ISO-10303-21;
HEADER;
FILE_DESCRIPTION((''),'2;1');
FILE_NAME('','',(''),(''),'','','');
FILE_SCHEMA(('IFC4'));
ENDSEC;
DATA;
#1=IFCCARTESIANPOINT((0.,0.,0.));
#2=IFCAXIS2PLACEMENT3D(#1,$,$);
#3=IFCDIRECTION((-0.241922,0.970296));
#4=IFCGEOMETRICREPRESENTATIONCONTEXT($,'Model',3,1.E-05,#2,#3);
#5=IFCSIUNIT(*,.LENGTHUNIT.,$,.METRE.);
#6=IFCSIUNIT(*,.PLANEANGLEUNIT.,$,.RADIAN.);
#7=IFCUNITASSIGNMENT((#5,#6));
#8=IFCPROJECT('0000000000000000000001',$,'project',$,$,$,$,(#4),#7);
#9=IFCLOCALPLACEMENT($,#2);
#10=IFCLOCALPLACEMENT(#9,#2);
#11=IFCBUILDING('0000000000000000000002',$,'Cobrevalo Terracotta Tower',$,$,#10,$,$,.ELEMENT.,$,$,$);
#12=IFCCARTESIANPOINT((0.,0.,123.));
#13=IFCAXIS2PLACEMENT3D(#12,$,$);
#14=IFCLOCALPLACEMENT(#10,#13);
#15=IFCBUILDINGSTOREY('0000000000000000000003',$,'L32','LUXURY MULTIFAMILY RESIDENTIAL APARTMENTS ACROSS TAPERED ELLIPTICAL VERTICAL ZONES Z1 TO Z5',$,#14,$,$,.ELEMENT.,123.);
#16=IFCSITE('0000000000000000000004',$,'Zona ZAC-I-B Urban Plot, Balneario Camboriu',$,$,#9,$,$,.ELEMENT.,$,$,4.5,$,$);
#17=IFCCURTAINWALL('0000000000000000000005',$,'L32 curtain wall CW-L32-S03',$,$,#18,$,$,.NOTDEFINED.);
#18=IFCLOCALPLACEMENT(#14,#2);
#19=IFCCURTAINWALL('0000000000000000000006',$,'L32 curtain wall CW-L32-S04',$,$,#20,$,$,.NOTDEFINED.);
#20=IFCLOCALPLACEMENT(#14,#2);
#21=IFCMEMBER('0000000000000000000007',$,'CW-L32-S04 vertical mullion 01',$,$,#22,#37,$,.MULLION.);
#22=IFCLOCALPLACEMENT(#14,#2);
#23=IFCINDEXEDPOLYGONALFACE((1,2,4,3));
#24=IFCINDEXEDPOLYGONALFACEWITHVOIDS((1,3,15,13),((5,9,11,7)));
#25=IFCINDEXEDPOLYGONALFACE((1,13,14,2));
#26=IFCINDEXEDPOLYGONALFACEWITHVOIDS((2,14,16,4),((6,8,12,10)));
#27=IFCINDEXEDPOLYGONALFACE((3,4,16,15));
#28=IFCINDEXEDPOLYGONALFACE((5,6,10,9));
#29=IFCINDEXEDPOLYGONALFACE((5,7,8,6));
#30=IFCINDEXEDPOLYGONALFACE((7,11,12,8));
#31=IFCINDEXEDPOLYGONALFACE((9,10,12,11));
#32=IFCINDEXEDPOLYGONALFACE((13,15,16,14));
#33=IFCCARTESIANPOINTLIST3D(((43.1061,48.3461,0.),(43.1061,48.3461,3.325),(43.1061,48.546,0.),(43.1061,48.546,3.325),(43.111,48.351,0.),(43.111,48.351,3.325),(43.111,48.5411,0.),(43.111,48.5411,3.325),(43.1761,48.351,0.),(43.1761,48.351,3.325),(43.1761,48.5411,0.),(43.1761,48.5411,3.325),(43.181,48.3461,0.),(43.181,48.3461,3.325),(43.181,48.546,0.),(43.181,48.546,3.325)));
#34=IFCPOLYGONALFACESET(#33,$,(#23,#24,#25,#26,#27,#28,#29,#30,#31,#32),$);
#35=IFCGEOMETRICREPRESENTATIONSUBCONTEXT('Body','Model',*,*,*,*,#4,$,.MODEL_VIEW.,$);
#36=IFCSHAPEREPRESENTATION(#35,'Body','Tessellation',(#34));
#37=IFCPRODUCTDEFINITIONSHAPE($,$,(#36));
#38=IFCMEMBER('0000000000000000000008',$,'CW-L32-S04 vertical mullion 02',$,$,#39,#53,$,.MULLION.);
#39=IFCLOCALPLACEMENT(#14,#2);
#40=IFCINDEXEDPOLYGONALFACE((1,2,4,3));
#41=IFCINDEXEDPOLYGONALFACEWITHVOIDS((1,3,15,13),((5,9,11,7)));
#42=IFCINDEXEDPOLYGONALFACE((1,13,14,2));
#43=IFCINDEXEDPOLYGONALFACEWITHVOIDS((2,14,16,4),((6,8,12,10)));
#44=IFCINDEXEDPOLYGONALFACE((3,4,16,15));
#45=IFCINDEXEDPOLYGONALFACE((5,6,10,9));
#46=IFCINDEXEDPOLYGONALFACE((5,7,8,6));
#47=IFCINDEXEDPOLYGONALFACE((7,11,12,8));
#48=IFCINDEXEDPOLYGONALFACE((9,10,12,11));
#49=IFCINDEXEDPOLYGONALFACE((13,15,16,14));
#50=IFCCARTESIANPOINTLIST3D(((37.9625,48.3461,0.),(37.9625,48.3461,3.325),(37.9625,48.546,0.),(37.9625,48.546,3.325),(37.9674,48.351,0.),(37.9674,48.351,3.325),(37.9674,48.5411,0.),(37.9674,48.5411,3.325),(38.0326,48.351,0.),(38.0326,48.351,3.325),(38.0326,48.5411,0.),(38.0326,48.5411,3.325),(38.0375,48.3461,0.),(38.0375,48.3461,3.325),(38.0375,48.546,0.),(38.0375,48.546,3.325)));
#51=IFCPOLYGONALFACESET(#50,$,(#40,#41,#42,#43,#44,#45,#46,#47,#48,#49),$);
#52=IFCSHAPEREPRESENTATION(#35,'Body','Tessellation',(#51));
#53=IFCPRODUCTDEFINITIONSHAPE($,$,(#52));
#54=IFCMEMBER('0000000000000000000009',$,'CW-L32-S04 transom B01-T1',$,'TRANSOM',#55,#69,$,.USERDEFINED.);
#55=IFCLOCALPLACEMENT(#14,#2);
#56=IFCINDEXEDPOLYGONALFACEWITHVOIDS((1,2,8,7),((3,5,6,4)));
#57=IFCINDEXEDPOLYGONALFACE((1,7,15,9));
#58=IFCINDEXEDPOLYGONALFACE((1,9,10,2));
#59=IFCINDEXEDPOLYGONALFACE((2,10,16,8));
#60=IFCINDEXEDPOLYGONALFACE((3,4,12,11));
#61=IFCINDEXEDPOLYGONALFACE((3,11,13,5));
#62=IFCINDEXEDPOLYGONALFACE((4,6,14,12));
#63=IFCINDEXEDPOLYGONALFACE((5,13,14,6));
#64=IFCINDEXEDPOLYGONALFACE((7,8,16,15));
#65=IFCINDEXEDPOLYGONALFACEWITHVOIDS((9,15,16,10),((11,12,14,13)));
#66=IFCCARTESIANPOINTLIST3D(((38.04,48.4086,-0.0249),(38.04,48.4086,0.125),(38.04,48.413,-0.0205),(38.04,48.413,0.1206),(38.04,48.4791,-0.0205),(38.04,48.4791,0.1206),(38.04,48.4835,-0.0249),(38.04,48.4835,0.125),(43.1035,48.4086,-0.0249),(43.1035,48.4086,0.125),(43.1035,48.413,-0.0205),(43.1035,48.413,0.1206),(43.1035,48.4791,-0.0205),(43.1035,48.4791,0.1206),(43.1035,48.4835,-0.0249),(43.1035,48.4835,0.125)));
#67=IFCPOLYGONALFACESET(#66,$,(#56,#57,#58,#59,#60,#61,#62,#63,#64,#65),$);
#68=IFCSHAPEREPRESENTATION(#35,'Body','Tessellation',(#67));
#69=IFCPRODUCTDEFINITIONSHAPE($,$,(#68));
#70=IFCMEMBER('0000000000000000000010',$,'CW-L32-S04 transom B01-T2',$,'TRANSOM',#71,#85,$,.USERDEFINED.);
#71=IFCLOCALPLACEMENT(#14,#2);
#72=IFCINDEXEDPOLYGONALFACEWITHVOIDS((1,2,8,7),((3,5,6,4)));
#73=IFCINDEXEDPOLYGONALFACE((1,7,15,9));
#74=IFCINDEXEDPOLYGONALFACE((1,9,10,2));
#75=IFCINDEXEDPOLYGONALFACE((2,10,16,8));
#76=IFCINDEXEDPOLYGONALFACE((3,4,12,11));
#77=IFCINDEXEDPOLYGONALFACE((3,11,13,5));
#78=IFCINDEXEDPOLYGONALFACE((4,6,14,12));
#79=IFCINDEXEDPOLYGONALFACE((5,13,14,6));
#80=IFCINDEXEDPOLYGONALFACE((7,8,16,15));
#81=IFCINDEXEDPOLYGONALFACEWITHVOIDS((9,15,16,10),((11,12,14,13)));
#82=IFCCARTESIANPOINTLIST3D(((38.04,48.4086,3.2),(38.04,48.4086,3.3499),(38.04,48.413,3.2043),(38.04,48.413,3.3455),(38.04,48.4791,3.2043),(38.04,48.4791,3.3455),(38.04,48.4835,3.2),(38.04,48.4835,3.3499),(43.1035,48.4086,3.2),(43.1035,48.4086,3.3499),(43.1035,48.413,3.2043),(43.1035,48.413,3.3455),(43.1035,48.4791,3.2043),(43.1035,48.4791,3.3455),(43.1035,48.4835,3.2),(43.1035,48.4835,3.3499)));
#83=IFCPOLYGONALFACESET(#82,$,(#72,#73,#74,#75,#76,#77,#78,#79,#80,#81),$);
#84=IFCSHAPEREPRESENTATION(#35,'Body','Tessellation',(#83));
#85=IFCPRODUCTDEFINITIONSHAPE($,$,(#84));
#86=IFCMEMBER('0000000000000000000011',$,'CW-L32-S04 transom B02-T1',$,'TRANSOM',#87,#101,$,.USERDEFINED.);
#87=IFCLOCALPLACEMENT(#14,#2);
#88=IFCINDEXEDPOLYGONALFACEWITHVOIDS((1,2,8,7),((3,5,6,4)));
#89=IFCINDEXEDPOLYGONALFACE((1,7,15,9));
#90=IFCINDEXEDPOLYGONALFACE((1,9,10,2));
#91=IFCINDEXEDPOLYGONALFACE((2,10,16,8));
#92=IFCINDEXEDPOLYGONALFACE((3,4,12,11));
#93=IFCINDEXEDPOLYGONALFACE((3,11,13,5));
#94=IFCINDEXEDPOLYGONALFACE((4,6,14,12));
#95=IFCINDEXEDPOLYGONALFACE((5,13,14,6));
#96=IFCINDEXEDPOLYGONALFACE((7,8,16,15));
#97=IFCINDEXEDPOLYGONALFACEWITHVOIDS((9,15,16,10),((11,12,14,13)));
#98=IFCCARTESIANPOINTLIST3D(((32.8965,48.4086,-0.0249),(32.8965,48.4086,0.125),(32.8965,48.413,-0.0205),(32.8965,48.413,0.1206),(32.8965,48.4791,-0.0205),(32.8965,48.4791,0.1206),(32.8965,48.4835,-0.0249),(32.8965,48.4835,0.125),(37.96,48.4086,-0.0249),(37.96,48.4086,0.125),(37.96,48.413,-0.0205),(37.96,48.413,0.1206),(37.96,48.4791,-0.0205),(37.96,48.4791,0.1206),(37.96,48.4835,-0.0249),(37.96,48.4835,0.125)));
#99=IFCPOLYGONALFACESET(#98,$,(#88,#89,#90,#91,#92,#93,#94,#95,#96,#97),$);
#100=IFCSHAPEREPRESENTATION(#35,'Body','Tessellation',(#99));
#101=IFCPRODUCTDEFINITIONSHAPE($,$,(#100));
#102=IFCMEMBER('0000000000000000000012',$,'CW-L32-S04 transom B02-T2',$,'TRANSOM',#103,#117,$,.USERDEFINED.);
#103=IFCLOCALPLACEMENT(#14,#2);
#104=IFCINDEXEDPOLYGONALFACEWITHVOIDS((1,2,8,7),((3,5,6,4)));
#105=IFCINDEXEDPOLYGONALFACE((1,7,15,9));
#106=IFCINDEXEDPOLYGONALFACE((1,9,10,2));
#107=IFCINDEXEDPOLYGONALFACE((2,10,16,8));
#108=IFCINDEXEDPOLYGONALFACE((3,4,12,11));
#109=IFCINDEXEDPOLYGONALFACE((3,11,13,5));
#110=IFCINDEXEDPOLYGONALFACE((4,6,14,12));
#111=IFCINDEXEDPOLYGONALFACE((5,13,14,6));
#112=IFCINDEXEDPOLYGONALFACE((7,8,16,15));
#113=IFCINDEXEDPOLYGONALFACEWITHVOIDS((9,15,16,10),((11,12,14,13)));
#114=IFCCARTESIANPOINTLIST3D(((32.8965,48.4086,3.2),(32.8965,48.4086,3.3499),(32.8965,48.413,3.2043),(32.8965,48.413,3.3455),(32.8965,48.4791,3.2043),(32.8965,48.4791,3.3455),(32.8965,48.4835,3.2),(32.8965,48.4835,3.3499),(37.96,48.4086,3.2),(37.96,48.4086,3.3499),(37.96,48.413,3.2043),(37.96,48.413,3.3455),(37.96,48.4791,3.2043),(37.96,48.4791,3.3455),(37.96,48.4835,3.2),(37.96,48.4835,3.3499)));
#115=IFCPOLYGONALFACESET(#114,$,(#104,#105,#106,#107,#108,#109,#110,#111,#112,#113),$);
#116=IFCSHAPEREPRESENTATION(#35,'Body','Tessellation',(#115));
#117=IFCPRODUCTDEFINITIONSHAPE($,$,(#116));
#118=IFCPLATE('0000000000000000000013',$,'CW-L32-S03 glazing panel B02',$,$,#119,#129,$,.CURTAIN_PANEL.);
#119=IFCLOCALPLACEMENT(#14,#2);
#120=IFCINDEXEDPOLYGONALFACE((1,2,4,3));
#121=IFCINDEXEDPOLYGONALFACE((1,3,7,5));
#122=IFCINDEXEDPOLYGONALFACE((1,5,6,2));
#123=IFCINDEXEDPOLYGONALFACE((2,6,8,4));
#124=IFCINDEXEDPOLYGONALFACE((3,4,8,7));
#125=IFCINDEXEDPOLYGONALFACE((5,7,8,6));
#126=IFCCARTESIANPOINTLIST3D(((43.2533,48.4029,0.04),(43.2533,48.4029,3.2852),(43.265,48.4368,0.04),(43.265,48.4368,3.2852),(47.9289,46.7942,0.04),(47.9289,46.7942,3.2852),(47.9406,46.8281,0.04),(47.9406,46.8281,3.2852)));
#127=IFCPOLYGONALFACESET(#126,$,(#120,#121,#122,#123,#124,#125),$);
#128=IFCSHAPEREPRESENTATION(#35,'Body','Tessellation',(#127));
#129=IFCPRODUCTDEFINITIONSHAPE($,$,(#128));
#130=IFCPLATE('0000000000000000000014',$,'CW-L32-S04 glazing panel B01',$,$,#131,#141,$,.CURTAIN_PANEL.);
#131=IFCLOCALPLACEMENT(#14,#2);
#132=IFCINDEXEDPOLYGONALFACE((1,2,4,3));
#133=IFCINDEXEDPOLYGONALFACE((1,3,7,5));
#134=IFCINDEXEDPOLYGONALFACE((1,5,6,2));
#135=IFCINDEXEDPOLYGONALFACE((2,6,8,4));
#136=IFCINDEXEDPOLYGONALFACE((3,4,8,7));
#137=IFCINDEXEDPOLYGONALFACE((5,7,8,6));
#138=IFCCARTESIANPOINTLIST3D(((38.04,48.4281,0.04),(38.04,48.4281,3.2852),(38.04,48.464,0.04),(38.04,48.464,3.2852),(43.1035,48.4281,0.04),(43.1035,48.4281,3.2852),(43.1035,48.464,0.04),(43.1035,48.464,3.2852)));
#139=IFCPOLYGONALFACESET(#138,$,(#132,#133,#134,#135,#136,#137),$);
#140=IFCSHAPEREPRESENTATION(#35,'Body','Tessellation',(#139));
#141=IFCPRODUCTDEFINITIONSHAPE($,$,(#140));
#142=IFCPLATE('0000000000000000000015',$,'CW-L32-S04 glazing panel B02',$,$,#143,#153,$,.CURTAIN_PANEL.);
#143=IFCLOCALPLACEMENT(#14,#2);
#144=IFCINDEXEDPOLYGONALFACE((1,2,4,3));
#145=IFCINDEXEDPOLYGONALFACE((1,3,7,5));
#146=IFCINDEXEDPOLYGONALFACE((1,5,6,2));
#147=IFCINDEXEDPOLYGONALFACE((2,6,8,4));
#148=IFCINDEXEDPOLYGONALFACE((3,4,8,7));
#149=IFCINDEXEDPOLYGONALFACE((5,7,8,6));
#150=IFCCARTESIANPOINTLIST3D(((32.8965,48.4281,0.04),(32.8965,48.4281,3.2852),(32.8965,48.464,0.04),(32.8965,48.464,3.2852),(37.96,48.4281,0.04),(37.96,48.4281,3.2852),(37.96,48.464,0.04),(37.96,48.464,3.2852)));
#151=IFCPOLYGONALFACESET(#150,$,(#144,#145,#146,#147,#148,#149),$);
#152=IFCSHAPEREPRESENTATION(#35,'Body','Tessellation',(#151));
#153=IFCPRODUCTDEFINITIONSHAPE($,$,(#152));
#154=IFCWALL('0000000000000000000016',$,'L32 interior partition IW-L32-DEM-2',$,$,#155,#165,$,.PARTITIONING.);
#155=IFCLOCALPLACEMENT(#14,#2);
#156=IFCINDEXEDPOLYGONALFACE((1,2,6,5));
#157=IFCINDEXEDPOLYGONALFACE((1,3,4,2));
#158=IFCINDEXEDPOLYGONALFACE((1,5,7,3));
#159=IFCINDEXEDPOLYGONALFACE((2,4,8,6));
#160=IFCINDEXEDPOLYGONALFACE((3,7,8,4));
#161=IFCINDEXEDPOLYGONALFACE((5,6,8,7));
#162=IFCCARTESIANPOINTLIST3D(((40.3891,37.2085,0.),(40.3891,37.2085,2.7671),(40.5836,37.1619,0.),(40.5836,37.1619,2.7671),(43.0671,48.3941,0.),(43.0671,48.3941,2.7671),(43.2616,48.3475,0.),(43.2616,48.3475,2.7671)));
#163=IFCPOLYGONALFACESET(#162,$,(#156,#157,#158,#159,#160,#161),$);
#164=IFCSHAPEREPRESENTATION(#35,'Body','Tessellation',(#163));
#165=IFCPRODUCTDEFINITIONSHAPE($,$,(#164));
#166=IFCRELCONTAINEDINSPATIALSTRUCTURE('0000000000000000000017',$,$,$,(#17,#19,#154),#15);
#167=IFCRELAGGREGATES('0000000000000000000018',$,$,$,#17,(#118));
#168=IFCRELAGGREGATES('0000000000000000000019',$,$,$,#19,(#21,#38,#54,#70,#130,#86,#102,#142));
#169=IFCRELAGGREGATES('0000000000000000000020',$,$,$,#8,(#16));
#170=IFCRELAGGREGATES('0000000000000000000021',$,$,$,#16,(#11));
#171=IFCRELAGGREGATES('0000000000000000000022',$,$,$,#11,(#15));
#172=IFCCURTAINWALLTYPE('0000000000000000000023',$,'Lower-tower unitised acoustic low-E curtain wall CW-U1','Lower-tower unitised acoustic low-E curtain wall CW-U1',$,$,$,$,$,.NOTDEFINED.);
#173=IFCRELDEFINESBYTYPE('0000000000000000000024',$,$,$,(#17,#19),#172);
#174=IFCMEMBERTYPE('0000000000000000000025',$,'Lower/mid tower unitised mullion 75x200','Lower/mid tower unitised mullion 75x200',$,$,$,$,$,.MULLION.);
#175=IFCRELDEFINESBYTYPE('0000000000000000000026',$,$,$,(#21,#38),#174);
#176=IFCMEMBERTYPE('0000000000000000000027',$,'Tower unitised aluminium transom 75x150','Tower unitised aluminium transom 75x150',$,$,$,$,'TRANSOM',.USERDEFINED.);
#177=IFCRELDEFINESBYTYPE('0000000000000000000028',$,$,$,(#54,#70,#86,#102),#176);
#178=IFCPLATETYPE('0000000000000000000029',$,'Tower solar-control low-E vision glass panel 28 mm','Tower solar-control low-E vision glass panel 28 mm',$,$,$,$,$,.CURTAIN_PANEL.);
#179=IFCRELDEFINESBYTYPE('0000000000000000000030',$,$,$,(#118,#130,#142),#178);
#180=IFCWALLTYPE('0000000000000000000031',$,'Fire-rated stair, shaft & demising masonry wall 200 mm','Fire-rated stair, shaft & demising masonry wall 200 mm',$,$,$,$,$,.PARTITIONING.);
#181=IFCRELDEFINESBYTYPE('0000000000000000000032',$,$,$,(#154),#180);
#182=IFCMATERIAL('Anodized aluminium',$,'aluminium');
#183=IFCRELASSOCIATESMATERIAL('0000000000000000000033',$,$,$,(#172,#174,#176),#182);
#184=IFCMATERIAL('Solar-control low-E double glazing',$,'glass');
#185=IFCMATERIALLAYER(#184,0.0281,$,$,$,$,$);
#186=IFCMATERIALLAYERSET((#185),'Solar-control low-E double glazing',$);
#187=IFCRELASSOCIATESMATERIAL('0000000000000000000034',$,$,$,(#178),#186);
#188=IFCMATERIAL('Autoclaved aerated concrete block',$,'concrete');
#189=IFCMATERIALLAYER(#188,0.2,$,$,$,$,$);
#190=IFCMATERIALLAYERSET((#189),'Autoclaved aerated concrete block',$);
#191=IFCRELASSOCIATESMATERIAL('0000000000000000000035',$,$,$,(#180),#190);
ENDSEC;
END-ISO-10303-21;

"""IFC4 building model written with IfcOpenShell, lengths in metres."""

from ifc_helpers import new_model, si_unit, direction, frame, frame_2d, origin, origin_2d, place, context, subcontext, project, spatial, rectangle, hollow_rectangle, extrude, source, transform, mapped, material, layer, layer_set, material_profile, profile_set, type_object, element, aggregate, save


model = new_model("IFC4")

# Units and contexts
model_context = context("Model", 3, precision=1e-05, world=origin(), true_north=direction((-0.241922, 0.970296)))
body_context = subcontext(model_context, "Body", "Model", "MODEL_VIEW")
ifc_project = project(units=[si_unit("LENGTHUNIT", "METRE"), si_unit("PLANEANGLEUNIT", "RADIAN")], contexts=[model_context])

# Site, building, storey
site_placement = place(None, origin())
site = spatial("IfcSite", under=ifc_project, at=site_placement, Name="Zona ZAC-I-B Urban Plot, Balneario Camboriu", CompositionType="ELEMENT", RefElevation=4.5)
building_placement = place(site_placement, origin())
building = spatial("IfcBuilding", under=site, at=building_placement, Name="Cobrevalo Terracotta Tower", CompositionType="ELEMENT")
storey_placement = place(building_placement, frame((0.0, 0.0, 123.0)))
storey = spatial("IfcBuildingStorey", under=building, at=storey_placement, Name="L32", Description="LUXURY MULTIFAMILY RESIDENTIAL APARTMENTS ACROSS TAPERED ELLIPTICAL VERTICAL ZONES Z1 TO Z5", CompositionType="ELEMENT", Elevation=123.0)

# Curtain wall
ifc_material_1 = material(Name="Anodized aluminium", Category="aluminium")
curtain_wall_type = type_object("IfcCurtainWallType", Name="Lower-tower unitised acoustic low-E curtain wall CW-U1", Description="Lower-tower unitised acoustic low-E curtain wall CW-U1", PredefinedType="NOTDEFINED", material=ifc_material_1)
curtain_wall_1_placement = place(storey_placement, origin())
curtain_wall_1 = element("IfcCurtainWall", 1, at=curtain_wall_1_placement, inside=storey, type_object=curtain_wall_type, Name="L32 curtain wall CW-L32-S03", PredefinedType="NOTDEFINED")
ifc_material_profile_1 = material_profile(ifc_material_1, hollow_rectangle(XDim=0.075, YDim=0.2, WallThickness=0.0049, at=origin_2d()), Name="CWM 75x200")
ifc_profile_set_1 = profile_set([ifc_material_profile_1], Name="Anodized aluminium")
member_type_1 = type_object("IfcMemberType", Name="Lower/mid tower unitised mullion 75x200", Description="Lower/mid tower unitised mullion 75x200", PredefinedType="MULLION", material=ifc_profile_set_1)
shared_shape_1 = source(origin(), body_context, "Body", "SweptSolid", [
    extrude(hollow_rectangle(XDim=0.075, YDim=0.2, WallThickness=0.0049, at=origin_2d()), origin(), (0.0, 0.0, 1.0), 3.325),
])

# Curtain wall, members
curtain_wall_2_placement = place(storey_placement, origin())
curtain_wall_2 = element("IfcCurtainWall", 2, at=curtain_wall_2_placement, inside=storey, type_object=curtain_wall_type, Name="L32 curtain wall CW-L32-S04", PredefinedType="NOTDEFINED")
member_1_placement = place(storey_placement, frame((43.1436, 48.446, 0.0), z_axis=(0.0, 0.0, 1.0), x_axis=(-1.0, 0.0, 0.0)))
member_1 = element("IfcMember", 3, at=member_1_placement, type_object=member_type_1, Name="CW-L32-S04 vertical mullion 01", PredefinedType="MULLION", context=body_context, shape_type="MappedRepresentation", body=[
    mapped(shared_shape_1, transform((0.0, 0.0, 0.0), scale=1.0)),
])
member_2_placement = place(storey_placement, frame((38.0, 48.446, 0.0), z_axis=(0.0, 0.0, 1.0), x_axis=(-1.0, 0.0, 0.0)))
member_2 = element("IfcMember", 4, at=member_2_placement, type_object=member_type_1, Name="CW-L32-S04 vertical mullion 02", PredefinedType="MULLION", context=body_context, shape_type="MappedRepresentation", body=[
    mapped(shared_shape_1, transform((0.0, 0.0, 0.0), scale=1.0)),
])
ifc_material_profile_2 = material_profile(ifc_material_1, hollow_rectangle(XDim=0.075, YDim=0.1499, WallThickness=0.0044, at=origin_2d()), Name="CWT 75x150")
ifc_profile_set_2 = profile_set([ifc_material_profile_2], Name="Anodized aluminium")
member_type_2 = type_object("IfcMemberType", Name="Tower unitised aluminium transom 75x150", Description="Tower unitised aluminium transom 75x150", ElementType="TRANSOM", PredefinedType="USERDEFINED", material=ifc_profile_set_2)
shared_shape_2 = source(origin(), body_context, "Body", "SweptSolid", [
    extrude(hollow_rectangle(XDim=0.075, YDim=0.1499, WallThickness=0.0044, at=origin_2d()), origin(), (0.0, 0.0, 1.0), 5.0635),
])
member_3_placement = place(storey_placement, frame((43.1035, 48.446, 0.05), z_axis=(-1.0, 0.0, 0.0), x_axis=(0.0, -1.0, 0.0)))
member_3 = element("IfcMember", 5, at=member_3_placement, type_object=member_type_2, Name="CW-L32-S04 transom B01-T1", ObjectType="TRANSOM", PredefinedType="USERDEFINED", context=body_context, shape_type="MappedRepresentation", body=[
    mapped(shared_shape_2, transform((0.0, 0.0, 0.0), scale=1.0)),
])
member_4_placement = place(storey_placement, frame((43.1035, 48.446, 3.2749), z_axis=(-1.0, 0.0, 0.0), x_axis=(0.0, -1.0, 0.0)))
member_4 = element("IfcMember", 6, at=member_4_placement, type_object=member_type_2, Name="CW-L32-S04 transom B01-T2", ObjectType="TRANSOM", PredefinedType="USERDEFINED", context=body_context, shape_type="MappedRepresentation", body=[
    mapped(shared_shape_2, transform((0.0, 0.0, 0.0), scale=1.0)),
])
member_5_placement = place(storey_placement, frame((37.96, 48.446, 0.05), z_axis=(-1.0, 0.0, 0.0), x_axis=(0.0, -1.0, 0.0)))
member_5 = element("IfcMember", 7, at=member_5_placement, type_object=member_type_2, Name="CW-L32-S04 transom B02-T1", ObjectType="TRANSOM", PredefinedType="USERDEFINED", context=body_context, shape_type="MappedRepresentation", body=[
    mapped(shared_shape_2, transform((0.0, 0.0, 0.0), scale=1.0)),
])
member_6_placement = place(storey_placement, frame((37.96, 48.446, 3.2749), z_axis=(-1.0, 0.0, 0.0), x_axis=(0.0, -1.0, 0.0)))
member_6 = element("IfcMember", 8, at=member_6_placement, type_object=member_type_2, Name="CW-L32-S04 transom B02-T2", ObjectType="TRANSOM", PredefinedType="USERDEFINED", context=body_context, shape_type="MappedRepresentation", body=[
    mapped(shared_shape_2, transform((0.0, 0.0, 0.0), scale=1.0)),
])

# Plates
ifc_material_2 = material(Name="Solar-control low-E double glazing", Category="glass")
ifc_layer_1 = layer(ifc_material_2, 0.0281)
ifc_layer_set_1 = layer_set([ifc_layer_1], Name="Solar-control low-E double glazing")
plate_type = type_object("IfcPlateType", Name="Tower solar-control low-E vision glass panel 28 mm", Description="Tower solar-control low-E vision glass panel 28 mm", PredefinedType="CURTAIN_PANEL", material=ifc_layer_set_1)
shared_shape_3 = source(origin(), body_context, "Body", "SweptSolid", [
    extrude(rectangle(XDim=4.9446, YDim=0.0359, at=origin_2d()), origin(), (0.0, 0.0, 1.0), 3.2451),
])
plate_1_placement = place(storey_placement, frame((45.5969, 47.6155, 0.04), z_axis=(0.0, 0.0, 1.0), x_axis=(-0.945596, 0.325342, 0.0)))
plate_1 = element("IfcPlate", 9, at=plate_1_placement, type_object=plate_type, Name="CW-L32-S03 glazing panel B02", PredefinedType="CURTAIN_PANEL", context=body_context, shape_type="MappedRepresentation", body=[
    mapped(shared_shape_3, transform((0.0, 0.0, 0.0), scale=1.0)),
])
aggregate(curtain_wall_1, [plate_1])
shared_shape_4 = source(origin(), body_context, "Body", "SweptSolid", [
    extrude(rectangle(XDim=5.0635, YDim=0.0359, at=origin_2d()), origin(), (0.0, 0.0, 1.0), 3.2451),
])
plate_2_placement = place(storey_placement, frame((40.5718, 48.446, 0.04), z_axis=(0.0, 0.0, 1.0), x_axis=(-1.0, 0.0, 0.0)))
plate_2 = element("IfcPlate", 10, at=plate_2_placement, type_object=plate_type, Name="CW-L32-S04 glazing panel B01", PredefinedType="CURTAIN_PANEL", context=body_context, shape_type="MappedRepresentation", body=[
    mapped(shared_shape_4, transform((0.0, 0.0, 0.0), scale=1.0)),
])
plate_3_placement = place(storey_placement, frame((35.4282, 48.446, 0.04), z_axis=(0.0, 0.0, 1.0), x_axis=(-1.0, 0.0, 0.0)))
plate_3 = element("IfcPlate", 11, at=plate_3_placement, type_object=plate_type, Name="CW-L32-S04 glazing panel B02", PredefinedType="CURTAIN_PANEL", context=body_context, shape_type="MappedRepresentation", body=[
    mapped(shared_shape_4, transform((0.0, 0.0, 0.0), scale=1.0)),
])
aggregate(curtain_wall_2, [member_1, member_2, member_3, member_4, plate_2, member_5, member_6, plate_3])

# Wall
ifc_material_3 = material(Name="Autoclaved aerated concrete block", Category="concrete")
ifc_layer_2 = layer(ifc_material_3, 0.2)
ifc_layer_set_2 = layer_set([ifc_layer_2], Name="Autoclaved aerated concrete block")
wall_type_1 = type_object("IfcWallType", Name="Fire-rated stair, shaft & demising masonry wall 200 mm", Description="Fire-rated stair, shaft & demising masonry wall 200 mm", PredefinedType="PARTITIONING", material=ifc_layer_set_2)
wall_1_placement = place(storey_placement, frame((40.4863, 37.1851, 0.0), z_axis=(0.0, 0.0, 1.0), x_axis=(0.232834, 0.972516, 0.0)))
element("IfcWall", 12, at=wall_1_placement, inside=storey, type_object=wall_type_1, Name="L32 interior partition IW-L32-DEM-2", PredefinedType="PARTITIONING", context=body_context, shape_type="SweptSolid", body=[
    extrude(rectangle(XDim=11.5017, YDim=0.2, at=frame_2d((5.751, 0.0))), origin(), (0.0, 0.0, 1.0), 2.7671),
])

save(model, "model.ifc")
